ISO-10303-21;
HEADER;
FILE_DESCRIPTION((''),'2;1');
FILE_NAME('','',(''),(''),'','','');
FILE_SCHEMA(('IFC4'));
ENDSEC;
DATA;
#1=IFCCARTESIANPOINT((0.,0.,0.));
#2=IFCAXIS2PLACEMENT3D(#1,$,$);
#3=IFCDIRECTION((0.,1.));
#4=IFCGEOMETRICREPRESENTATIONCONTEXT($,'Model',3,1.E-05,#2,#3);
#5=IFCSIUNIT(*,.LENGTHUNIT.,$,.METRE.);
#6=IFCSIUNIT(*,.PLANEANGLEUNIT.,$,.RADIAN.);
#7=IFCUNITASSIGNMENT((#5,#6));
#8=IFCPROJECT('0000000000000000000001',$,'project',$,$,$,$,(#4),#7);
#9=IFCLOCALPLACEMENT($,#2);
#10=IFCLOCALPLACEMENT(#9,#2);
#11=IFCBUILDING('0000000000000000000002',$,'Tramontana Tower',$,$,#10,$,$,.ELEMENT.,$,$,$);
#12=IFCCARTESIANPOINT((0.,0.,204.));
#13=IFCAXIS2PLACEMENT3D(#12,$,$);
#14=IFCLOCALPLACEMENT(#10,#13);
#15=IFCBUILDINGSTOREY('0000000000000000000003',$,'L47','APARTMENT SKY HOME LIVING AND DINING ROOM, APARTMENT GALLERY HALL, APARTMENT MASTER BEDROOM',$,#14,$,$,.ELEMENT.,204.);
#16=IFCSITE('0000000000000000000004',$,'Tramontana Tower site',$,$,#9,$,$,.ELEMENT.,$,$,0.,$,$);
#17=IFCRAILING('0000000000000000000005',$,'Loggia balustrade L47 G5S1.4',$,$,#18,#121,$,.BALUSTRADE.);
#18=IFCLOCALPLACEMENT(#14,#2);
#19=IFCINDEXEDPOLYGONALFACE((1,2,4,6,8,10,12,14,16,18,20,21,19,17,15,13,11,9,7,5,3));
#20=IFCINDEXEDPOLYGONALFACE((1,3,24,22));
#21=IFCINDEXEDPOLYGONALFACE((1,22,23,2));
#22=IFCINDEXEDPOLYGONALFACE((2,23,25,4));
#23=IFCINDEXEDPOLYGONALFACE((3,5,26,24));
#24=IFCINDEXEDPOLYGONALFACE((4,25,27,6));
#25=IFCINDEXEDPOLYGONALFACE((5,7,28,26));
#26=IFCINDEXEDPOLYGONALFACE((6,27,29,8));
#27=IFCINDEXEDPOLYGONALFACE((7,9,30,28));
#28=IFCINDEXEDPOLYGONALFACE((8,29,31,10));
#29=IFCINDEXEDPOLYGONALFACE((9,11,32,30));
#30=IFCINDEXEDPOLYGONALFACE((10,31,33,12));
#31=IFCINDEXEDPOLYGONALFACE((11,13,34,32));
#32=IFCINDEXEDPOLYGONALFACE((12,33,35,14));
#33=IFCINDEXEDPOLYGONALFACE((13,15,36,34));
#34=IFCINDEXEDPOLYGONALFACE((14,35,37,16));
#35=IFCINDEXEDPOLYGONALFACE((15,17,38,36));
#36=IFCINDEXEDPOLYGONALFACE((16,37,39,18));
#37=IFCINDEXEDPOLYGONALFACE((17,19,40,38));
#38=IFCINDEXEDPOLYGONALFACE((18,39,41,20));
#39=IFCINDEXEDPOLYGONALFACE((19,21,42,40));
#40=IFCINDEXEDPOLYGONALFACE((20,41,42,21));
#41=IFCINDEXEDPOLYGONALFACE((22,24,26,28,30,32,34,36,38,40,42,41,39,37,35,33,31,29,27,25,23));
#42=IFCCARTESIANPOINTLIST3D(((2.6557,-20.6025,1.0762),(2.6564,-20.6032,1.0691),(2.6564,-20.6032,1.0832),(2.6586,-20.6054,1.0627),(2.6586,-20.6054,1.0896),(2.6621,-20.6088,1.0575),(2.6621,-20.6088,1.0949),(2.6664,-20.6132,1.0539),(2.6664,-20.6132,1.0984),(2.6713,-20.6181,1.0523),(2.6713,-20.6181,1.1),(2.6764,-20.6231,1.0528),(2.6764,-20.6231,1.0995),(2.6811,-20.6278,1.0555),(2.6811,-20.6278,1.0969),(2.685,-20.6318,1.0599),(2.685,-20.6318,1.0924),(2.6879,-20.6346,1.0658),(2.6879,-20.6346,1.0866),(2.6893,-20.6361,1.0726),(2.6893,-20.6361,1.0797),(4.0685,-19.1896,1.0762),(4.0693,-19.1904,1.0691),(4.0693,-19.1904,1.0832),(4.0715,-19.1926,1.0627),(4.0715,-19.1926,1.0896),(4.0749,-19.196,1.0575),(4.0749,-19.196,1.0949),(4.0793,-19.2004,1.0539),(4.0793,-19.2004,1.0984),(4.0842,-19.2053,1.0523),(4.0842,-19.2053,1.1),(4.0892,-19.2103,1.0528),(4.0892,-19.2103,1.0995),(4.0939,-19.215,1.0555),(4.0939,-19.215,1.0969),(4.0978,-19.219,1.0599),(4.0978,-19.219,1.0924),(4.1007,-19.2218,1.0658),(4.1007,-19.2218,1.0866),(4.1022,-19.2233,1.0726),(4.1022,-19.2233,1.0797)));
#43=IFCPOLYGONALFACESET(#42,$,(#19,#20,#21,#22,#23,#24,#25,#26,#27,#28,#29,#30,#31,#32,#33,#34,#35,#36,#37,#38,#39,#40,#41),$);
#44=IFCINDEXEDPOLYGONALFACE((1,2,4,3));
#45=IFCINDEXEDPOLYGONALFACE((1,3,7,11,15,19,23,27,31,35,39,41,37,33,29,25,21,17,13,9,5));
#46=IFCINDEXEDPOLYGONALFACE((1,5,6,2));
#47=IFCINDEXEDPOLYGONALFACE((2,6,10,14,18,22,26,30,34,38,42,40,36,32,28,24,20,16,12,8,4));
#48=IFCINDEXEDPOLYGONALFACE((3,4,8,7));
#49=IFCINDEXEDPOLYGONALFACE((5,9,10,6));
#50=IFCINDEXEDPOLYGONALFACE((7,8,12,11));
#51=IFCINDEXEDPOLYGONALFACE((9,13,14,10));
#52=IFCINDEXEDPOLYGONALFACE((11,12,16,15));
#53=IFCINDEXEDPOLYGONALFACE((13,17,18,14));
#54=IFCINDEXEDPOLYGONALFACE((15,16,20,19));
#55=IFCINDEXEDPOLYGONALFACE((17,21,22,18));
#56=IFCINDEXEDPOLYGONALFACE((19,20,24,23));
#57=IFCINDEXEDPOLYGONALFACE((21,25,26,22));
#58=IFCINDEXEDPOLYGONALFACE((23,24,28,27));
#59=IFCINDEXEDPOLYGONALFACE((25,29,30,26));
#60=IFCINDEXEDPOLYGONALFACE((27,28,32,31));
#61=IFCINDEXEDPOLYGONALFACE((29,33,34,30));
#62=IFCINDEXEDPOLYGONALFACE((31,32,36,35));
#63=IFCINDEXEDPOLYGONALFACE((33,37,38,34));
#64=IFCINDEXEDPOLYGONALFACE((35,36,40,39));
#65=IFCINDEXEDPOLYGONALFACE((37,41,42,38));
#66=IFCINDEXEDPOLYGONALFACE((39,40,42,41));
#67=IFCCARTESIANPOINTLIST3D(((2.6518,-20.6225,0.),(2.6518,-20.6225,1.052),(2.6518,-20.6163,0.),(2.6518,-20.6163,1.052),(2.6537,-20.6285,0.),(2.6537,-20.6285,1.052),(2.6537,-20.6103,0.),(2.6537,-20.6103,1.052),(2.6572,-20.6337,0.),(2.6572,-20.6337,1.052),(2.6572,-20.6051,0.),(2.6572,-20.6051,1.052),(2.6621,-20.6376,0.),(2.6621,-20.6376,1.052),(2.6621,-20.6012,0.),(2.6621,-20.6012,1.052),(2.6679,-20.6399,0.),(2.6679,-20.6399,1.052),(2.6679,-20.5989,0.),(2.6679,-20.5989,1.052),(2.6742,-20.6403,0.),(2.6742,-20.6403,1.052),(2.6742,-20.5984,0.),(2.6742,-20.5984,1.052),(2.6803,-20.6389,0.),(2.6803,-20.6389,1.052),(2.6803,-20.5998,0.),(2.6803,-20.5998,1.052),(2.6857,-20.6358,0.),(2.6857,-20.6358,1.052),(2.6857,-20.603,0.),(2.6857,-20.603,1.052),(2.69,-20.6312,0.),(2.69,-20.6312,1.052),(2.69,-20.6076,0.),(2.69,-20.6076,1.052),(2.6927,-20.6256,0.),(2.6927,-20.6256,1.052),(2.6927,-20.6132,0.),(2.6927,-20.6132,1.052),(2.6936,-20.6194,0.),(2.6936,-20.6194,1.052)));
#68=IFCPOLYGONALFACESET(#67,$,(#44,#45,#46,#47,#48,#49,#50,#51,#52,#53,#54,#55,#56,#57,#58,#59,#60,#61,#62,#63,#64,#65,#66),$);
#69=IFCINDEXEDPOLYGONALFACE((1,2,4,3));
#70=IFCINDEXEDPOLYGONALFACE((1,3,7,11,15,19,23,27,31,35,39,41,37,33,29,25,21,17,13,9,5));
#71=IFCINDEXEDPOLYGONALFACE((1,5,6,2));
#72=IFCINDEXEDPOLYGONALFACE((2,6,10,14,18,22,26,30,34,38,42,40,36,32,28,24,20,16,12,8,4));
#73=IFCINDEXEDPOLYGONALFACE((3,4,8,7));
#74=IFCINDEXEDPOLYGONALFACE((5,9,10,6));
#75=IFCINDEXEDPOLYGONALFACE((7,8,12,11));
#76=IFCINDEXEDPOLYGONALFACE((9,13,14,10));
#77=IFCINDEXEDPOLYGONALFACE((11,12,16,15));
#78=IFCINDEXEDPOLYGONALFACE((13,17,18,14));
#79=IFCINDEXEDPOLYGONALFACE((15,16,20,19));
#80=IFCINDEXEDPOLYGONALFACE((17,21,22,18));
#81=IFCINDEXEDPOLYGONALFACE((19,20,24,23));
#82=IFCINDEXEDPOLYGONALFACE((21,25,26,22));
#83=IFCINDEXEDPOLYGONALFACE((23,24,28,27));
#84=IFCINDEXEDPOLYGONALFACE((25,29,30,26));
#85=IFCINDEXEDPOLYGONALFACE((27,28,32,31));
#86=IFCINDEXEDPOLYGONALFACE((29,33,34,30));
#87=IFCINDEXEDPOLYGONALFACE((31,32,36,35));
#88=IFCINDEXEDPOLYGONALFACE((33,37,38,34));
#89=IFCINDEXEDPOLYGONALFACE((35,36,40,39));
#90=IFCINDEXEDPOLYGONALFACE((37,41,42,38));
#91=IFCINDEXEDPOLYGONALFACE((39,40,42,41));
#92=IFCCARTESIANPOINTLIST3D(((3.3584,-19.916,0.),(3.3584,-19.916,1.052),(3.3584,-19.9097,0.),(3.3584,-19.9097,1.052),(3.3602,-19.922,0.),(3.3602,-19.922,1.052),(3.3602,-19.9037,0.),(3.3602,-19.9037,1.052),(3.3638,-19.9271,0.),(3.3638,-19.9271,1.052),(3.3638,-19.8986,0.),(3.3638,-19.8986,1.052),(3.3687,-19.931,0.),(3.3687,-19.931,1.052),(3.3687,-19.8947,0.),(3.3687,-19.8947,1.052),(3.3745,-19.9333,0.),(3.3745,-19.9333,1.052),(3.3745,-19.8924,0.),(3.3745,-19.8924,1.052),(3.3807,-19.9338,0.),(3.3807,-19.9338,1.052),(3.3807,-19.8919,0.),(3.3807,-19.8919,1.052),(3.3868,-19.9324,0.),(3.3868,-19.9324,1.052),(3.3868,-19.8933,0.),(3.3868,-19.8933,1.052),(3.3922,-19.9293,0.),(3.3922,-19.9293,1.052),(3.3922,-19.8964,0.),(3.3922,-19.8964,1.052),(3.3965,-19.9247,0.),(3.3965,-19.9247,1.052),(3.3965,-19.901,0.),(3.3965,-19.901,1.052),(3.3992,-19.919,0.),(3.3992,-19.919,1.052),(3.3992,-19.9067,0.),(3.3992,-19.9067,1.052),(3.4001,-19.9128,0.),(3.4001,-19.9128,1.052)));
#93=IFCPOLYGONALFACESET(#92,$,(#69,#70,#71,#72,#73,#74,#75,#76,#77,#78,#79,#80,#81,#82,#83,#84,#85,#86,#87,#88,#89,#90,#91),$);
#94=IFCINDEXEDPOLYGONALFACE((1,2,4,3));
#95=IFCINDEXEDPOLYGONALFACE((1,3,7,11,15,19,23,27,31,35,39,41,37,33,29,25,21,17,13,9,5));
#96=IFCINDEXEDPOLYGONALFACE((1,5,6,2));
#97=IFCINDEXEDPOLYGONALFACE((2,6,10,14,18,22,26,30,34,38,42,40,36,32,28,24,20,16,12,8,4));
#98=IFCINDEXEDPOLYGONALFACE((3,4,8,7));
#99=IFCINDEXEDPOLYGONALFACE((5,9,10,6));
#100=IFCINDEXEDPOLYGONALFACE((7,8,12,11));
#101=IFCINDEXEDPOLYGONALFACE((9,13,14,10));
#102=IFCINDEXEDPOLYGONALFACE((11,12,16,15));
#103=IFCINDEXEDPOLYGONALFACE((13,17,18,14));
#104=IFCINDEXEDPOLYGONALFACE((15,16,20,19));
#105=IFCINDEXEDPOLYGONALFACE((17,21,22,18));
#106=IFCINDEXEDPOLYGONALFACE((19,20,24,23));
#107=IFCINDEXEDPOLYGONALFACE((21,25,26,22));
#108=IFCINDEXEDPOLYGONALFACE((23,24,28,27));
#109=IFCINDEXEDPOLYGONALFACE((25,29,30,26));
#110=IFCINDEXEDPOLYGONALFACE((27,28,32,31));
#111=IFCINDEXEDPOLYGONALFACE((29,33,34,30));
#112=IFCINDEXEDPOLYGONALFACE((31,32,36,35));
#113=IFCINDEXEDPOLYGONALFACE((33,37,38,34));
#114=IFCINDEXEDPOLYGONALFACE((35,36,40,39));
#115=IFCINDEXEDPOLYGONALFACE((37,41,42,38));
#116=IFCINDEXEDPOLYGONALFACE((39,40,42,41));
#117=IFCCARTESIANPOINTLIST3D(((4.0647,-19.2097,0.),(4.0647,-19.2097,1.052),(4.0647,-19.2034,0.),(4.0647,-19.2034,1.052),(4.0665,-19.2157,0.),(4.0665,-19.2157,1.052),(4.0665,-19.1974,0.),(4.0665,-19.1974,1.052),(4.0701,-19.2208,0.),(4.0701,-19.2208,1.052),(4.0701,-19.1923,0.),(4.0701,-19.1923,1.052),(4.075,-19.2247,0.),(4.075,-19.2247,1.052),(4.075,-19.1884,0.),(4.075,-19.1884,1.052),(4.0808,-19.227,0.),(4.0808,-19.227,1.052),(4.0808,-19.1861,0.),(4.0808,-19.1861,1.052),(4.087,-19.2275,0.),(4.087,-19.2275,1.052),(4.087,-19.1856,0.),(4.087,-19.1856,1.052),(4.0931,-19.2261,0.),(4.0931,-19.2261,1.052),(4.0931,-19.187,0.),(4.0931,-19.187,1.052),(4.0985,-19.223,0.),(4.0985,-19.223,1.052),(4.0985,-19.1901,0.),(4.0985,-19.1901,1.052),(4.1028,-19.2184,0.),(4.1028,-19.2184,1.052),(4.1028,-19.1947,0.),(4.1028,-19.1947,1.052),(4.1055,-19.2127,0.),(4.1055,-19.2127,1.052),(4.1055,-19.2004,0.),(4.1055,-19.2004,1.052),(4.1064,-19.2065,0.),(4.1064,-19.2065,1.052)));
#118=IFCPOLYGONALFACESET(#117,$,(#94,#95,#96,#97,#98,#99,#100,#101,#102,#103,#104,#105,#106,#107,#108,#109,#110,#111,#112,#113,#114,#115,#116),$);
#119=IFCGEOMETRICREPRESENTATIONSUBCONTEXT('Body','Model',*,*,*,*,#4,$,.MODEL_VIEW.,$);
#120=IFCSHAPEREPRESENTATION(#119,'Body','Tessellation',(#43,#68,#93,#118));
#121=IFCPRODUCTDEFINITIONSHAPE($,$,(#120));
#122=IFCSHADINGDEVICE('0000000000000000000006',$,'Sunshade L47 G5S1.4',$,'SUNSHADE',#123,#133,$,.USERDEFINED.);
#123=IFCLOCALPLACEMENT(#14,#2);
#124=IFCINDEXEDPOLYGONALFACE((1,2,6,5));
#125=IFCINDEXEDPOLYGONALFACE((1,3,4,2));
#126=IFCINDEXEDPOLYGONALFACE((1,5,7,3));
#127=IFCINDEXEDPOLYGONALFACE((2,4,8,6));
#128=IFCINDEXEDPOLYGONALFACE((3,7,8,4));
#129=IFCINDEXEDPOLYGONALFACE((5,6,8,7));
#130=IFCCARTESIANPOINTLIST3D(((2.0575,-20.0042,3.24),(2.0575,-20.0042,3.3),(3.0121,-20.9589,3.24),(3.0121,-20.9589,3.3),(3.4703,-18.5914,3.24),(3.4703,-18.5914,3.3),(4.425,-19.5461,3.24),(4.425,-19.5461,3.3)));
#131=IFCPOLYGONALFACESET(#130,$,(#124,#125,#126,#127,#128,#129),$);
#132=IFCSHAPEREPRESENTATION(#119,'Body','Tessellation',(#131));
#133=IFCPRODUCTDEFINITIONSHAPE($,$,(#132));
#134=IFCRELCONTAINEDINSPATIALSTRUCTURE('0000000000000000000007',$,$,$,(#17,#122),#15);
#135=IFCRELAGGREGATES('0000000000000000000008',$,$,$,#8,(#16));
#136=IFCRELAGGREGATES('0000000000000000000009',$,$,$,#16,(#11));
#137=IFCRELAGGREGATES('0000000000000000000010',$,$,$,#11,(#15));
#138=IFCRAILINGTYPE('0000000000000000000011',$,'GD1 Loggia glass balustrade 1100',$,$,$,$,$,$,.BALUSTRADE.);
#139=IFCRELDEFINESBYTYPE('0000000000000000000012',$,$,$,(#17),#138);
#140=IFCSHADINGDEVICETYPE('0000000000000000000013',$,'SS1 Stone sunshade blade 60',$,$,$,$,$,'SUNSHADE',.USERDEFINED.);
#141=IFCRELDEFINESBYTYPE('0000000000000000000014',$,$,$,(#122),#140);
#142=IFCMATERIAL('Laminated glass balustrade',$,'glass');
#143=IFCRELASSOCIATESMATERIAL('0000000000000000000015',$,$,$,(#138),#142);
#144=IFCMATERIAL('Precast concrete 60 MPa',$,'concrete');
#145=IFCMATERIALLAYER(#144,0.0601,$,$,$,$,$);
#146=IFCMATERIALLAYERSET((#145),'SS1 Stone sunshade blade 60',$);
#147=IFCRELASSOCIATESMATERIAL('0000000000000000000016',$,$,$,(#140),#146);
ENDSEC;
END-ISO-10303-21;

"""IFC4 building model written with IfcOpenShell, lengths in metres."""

from ifc_helpers import new_model, si_unit, direction, frame, origin, origin_2d, place, context, subcontext, project, spatial, rectangle, circle, extrude, material, layer, layer_set, type_object, element, save


model = new_model("IFC4")

# Units and contexts
model_context = context("Model", 3, precision=1e-05, world=origin(), true_north=direction((0.0, 1.0)))
body_context = subcontext(model_context, "Body", "Model", "MODEL_VIEW")
ifc_project = project(units=[si_unit("LENGTHUNIT", "METRE"), si_unit("PLANEANGLEUNIT", "RADIAN")], contexts=[model_context])

# Site, building, storey
site_placement = place(None, origin())
site = spatial("IfcSite", under=ifc_project, at=site_placement, Name="Tramontana Tower site", CompositionType="ELEMENT", RefElevation=0.0)
building_placement = place(site_placement, origin())
building = spatial("IfcBuilding", under=site, at=building_placement, Name="Tramontana Tower", CompositionType="ELEMENT")
storey_placement = place(building_placement, frame((0.0, 0.0, 204.0)))
storey = spatial("IfcBuildingStorey", under=building, at=storey_placement, Name="L47", Description="APARTMENT SKY HOME LIVING AND DINING ROOM, APARTMENT GALLERY HALL, APARTMENT MASTER BEDROOM", CompositionType="ELEMENT", Elevation=204.0)

# Railing
ifc_material_1 = material(Name="Laminated glass balustrade", Category="glass")
railing_type = type_object("IfcRailingType", Name="GD1 Loggia glass balustrade 1100", PredefinedType="BALUSTRADE", material=ifc_material_1)
railing_placement = place(storey_placement, frame((2.6726, -20.6194, 0.0)))
element("IfcRailing", 1, at=railing_placement, inside=storey, type_object=railing_type, Name="Loggia balustrade L47 G5S1.4", PredefinedType="BALUSTRADE", context=body_context, shape_type="SweptSolid", body=[
    extrude(circle(Radius=0.0239, at=origin_2d()), frame((0.0, 0.0, 1.0762), z_axis=(0.707107, 0.707107, 0.0), x_axis=(-0.707107, 0.707107, 0.0)), (0.0, 0.0, 1.0), 1.998),
    extrude(circle(Radius=0.021, at=origin_2d()), origin(), (0.0, 0.0, 1.0), 1.052),
    extrude(circle(Radius=0.021, at=origin_2d()), frame((0.7065, 0.7065, 0.0)), (0.0, 0.0, 1.0), 1.052),
    extrude(circle(Radius=0.021, at=origin_2d()), frame((1.4128, 1.4128, 0.0)), (0.0, 0.0, 1.0), 1.052),
])

# Shading device
ifc_material_2 = material(Name="Precast concrete 60 MPa", Category="concrete")
ifc_layer_1 = layer(ifc_material_2, 0.0601)
ifc_layer_set_1 = layer_set([ifc_layer_1], Name="SS1 Stone sunshade blade 60")
shading_device_type = type_object("IfcShadingDeviceType", Name="SS1 Stone sunshade blade 60", ElementType="SUNSHADE", PredefinedType="USERDEFINED", material=ifc_layer_set_1)
shading_device_placement = place(storey_placement, frame((3.2412, -19.7751, 3.24), z_axis=(0.0, 0.0, 1.0), x_axis=(0.707107, 0.707107, 0.0)))
element("IfcShadingDevice", 2, at=shading_device_placement, inside=storey, type_object=shading_device_type, Name="Sunshade L47 G5S1.4", ObjectType="SUNSHADE", PredefinedType="USERDEFINED", context=body_context, shape_type="SweptSolid", body=[
    extrude(rectangle(XDim=1.998, YDim=1.3501, at=origin_2d()), origin(), (0.0, 0.0, 1.0), 0.0601),
])

save(model, "model.ifc")
